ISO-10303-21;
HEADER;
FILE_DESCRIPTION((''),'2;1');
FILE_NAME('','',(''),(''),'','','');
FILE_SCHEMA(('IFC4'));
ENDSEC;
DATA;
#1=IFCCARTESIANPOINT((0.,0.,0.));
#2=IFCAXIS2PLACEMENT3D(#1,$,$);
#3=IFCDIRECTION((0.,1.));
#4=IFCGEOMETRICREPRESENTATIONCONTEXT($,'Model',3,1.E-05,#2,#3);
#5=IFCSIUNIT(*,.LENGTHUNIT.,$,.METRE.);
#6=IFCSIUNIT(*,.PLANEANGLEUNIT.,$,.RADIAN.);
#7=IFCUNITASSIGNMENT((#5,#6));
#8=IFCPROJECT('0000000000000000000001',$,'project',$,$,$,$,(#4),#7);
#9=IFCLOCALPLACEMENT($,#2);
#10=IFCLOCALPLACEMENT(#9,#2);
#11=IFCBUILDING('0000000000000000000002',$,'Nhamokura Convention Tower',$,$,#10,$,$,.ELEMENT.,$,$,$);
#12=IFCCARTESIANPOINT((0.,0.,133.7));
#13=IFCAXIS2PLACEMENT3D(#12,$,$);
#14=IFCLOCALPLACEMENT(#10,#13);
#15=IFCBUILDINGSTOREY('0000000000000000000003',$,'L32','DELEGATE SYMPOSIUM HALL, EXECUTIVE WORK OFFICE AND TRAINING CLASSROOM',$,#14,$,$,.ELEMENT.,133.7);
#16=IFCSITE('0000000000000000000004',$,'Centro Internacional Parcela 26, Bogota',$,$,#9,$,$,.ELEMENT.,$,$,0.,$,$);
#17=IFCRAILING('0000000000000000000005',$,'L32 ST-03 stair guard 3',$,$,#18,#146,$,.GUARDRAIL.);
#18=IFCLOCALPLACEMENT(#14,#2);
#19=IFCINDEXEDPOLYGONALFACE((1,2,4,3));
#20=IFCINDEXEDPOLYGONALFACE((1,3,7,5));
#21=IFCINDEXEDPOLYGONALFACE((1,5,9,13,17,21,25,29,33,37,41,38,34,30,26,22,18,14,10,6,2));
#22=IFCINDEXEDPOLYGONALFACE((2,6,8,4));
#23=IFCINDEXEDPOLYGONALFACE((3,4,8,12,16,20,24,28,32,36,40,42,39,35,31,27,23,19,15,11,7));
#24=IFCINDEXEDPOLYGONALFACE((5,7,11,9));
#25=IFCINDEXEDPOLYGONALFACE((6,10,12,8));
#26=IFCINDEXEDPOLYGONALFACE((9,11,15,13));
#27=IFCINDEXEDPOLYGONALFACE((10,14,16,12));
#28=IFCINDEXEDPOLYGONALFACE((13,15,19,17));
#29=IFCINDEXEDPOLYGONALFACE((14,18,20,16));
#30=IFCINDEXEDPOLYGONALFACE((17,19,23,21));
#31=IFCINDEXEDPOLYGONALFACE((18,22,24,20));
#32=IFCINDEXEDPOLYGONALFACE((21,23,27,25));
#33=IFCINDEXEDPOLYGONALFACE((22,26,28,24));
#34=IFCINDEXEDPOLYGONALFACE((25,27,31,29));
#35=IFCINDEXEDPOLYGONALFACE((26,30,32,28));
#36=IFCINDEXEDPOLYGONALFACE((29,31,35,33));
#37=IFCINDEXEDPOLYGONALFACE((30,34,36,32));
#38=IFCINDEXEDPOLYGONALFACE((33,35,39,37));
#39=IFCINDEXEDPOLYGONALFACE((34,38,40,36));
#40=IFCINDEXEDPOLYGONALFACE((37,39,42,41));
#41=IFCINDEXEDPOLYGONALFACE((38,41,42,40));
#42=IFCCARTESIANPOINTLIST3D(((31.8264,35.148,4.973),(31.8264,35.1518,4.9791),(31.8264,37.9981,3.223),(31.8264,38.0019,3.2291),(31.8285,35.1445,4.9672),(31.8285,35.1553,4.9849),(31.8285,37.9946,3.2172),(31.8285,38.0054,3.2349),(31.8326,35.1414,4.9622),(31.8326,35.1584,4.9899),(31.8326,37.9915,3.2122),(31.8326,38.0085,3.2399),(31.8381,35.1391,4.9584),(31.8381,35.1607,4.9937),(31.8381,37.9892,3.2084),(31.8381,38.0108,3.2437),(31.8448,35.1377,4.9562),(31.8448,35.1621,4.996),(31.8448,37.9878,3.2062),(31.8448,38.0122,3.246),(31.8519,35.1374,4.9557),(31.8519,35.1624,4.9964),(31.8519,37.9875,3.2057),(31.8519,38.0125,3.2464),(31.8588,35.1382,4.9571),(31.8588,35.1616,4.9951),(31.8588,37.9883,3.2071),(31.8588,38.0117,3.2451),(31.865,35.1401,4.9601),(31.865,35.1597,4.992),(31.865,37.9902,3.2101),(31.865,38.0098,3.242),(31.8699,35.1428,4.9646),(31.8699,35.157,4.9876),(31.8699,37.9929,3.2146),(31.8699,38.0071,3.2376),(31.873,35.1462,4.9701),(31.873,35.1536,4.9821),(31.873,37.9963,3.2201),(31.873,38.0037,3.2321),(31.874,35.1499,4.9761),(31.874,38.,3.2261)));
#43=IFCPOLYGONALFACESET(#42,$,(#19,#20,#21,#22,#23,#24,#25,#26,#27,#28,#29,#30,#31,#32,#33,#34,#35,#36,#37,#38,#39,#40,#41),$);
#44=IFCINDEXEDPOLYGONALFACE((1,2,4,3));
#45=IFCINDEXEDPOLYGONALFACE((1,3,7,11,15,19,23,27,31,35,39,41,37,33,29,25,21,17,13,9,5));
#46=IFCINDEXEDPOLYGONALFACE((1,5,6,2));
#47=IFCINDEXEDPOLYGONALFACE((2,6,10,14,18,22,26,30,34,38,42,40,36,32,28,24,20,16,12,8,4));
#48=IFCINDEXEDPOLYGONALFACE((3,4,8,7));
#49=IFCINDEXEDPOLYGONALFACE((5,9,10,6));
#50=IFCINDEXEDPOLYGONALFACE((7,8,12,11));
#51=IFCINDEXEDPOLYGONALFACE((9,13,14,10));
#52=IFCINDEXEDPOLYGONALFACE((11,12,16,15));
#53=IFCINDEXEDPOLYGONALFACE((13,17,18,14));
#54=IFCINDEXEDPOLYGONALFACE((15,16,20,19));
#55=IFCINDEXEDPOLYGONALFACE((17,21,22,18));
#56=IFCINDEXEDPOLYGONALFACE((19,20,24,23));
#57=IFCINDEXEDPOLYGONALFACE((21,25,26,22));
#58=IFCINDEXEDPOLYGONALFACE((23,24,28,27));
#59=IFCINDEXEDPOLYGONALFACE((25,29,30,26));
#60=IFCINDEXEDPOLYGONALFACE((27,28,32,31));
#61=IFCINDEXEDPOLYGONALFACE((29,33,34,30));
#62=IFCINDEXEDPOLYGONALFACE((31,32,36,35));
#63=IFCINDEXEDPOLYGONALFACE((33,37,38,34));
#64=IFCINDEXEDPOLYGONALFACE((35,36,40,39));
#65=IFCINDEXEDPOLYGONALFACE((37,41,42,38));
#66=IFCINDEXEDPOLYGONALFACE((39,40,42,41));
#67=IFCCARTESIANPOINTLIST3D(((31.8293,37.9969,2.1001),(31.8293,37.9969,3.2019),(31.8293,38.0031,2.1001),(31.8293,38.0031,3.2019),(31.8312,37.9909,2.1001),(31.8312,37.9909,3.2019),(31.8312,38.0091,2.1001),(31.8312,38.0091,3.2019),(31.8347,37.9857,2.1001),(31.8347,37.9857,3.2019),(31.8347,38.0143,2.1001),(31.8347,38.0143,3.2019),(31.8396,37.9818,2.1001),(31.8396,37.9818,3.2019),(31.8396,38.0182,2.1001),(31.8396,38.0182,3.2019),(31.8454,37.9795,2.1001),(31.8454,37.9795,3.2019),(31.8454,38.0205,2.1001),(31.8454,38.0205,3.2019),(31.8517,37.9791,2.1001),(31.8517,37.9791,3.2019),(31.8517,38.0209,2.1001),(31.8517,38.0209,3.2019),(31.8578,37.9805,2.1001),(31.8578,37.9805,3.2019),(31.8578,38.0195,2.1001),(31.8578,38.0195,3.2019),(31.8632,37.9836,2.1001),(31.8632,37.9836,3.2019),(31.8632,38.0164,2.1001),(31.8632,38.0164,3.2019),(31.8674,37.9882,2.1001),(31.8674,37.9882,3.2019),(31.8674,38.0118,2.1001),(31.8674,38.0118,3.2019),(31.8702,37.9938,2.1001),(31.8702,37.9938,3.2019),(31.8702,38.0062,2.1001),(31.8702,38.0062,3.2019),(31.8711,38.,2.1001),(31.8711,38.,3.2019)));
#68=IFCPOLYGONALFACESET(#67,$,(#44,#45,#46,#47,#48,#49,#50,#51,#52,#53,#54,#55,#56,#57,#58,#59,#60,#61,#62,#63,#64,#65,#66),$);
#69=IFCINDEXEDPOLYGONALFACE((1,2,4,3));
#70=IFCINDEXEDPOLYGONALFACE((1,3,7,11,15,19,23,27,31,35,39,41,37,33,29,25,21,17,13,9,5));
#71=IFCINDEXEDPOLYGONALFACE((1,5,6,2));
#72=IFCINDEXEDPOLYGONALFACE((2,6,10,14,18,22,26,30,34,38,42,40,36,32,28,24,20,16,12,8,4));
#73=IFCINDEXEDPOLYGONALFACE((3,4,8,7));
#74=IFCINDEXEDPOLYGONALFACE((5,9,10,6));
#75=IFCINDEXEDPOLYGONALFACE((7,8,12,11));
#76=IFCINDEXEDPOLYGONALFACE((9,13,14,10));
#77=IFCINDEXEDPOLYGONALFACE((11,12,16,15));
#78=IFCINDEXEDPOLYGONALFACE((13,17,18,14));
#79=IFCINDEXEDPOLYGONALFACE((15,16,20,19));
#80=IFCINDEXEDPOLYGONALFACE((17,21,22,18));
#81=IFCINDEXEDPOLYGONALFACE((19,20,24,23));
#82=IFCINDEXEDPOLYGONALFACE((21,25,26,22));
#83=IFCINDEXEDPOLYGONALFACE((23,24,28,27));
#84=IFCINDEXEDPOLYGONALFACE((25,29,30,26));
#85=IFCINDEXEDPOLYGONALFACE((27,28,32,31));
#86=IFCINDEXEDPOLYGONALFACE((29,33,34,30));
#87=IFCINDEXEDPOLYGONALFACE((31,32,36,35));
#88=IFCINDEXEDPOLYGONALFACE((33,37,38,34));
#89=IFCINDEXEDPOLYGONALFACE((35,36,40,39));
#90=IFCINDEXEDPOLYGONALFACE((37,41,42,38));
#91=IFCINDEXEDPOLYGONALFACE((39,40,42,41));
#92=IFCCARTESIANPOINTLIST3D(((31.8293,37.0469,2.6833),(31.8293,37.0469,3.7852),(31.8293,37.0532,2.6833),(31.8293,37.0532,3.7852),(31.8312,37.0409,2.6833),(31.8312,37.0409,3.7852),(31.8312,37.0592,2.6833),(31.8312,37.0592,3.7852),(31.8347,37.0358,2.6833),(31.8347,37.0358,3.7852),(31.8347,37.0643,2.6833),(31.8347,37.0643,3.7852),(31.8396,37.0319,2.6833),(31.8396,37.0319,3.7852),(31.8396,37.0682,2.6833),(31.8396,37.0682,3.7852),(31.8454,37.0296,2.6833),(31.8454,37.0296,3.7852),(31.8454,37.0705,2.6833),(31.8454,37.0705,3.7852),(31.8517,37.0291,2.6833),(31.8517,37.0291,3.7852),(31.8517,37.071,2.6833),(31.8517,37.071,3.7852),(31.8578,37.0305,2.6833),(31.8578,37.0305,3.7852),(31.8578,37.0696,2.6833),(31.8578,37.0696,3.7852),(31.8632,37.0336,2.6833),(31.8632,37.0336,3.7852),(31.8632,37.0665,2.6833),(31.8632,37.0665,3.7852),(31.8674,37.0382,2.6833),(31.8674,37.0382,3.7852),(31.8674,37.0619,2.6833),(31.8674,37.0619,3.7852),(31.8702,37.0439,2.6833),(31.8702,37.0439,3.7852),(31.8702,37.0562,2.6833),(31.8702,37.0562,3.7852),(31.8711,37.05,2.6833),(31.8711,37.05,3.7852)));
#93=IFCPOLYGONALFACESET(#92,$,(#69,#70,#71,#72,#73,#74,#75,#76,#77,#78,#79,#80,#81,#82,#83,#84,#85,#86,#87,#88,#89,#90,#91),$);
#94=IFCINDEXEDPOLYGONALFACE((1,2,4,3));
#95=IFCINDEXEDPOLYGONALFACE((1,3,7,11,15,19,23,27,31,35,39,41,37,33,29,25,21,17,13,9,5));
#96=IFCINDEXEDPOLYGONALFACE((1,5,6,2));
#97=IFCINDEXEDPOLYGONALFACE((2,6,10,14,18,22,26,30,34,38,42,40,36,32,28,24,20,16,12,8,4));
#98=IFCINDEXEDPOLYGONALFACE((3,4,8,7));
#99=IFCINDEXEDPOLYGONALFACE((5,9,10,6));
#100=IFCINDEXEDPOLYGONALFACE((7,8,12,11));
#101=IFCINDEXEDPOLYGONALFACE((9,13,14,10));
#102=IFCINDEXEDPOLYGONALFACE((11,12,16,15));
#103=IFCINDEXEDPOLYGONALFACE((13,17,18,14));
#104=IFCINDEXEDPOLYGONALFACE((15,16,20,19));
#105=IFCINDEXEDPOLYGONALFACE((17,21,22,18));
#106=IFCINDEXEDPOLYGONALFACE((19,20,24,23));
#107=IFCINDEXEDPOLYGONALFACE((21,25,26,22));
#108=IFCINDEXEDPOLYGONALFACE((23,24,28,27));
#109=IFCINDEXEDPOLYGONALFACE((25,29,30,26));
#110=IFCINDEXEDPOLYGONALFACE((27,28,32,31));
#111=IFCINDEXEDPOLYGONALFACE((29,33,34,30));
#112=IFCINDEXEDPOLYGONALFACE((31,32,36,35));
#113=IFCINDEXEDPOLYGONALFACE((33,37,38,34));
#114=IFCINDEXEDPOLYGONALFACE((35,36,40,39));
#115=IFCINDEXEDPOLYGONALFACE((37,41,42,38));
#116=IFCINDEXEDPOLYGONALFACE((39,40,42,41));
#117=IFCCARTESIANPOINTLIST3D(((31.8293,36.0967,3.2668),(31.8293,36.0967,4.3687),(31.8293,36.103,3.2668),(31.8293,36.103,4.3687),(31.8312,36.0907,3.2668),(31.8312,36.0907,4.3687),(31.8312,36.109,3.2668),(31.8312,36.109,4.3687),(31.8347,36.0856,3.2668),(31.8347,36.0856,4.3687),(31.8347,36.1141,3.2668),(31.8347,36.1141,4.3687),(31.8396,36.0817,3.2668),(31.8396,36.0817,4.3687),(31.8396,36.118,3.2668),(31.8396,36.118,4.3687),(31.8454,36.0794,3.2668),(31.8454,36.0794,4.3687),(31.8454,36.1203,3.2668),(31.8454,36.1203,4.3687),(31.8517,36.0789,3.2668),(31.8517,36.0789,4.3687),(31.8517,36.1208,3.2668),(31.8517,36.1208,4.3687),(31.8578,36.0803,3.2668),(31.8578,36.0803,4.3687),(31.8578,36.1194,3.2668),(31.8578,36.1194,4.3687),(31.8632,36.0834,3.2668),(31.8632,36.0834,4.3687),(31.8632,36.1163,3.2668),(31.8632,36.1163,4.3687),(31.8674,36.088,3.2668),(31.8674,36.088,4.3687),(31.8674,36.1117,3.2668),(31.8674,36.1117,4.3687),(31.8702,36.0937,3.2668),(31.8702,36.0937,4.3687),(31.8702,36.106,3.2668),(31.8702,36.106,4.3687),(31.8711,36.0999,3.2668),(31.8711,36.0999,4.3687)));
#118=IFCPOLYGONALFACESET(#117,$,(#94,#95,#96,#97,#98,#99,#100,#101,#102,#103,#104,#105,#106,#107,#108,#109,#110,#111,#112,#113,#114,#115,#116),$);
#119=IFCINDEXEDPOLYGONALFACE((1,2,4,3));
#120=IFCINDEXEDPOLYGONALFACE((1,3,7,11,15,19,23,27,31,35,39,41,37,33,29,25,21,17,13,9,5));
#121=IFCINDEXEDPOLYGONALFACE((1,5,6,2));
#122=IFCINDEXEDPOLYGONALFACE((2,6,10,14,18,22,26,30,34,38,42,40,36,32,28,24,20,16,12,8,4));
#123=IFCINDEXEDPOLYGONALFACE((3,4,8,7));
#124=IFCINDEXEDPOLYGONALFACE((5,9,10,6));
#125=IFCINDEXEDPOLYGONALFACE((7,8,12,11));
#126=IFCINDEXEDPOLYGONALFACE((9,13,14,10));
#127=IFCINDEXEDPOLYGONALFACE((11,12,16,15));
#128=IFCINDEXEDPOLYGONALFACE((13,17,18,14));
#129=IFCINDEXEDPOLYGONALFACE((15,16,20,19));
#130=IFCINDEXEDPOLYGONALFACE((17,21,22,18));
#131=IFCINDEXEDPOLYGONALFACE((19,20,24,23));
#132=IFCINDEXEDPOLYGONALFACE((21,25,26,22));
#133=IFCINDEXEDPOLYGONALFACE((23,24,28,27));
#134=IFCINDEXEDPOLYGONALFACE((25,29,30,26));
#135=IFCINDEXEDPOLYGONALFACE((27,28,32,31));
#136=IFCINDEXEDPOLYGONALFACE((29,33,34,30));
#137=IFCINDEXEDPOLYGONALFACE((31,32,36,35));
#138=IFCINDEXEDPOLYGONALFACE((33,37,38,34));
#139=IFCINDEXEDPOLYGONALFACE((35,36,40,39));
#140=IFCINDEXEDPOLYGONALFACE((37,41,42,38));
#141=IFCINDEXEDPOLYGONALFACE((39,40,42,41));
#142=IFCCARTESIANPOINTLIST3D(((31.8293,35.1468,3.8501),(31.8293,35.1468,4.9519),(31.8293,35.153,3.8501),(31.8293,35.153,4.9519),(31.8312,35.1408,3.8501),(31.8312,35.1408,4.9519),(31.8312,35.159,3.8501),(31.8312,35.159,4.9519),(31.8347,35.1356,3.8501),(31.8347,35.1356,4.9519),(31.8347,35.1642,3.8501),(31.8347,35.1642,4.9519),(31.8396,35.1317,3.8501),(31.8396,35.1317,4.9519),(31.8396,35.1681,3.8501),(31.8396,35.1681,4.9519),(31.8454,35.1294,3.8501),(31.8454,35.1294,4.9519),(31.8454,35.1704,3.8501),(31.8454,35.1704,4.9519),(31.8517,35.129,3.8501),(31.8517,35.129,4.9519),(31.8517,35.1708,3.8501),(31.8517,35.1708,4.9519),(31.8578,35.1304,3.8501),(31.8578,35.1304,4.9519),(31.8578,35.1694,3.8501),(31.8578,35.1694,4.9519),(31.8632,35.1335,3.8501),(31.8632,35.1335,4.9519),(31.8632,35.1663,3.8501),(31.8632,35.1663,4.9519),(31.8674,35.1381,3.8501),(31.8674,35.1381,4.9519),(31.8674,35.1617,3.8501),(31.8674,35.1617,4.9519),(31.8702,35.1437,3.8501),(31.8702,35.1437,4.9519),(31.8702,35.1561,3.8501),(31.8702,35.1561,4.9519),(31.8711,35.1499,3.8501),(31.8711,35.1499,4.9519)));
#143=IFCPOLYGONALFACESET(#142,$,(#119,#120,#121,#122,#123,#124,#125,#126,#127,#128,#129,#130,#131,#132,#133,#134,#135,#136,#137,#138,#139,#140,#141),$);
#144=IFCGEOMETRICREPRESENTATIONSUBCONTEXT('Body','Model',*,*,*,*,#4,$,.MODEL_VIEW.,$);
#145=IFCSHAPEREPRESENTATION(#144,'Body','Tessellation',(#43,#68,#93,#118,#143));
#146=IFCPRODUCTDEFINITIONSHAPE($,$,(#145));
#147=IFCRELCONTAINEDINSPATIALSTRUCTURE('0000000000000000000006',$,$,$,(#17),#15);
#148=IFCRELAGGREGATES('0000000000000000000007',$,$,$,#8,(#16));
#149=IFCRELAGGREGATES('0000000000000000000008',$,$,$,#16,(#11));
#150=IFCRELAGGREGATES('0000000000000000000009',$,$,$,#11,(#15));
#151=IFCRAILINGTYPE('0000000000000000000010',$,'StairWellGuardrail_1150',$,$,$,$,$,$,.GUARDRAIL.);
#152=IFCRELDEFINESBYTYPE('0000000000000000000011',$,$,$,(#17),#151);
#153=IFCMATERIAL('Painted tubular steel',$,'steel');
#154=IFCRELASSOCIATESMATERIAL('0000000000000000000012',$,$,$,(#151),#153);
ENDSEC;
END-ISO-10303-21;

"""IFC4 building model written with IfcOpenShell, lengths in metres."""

from ifc_helpers import new_model, si_unit, direction, frame, origin, origin_2d, place, context, subcontext, project, spatial, circle, extrude, material, type_object, element, save


model = new_model("IFC4")

# Units and contexts
model_context = context("Model", 3, precision=1e-05, world=origin(), true_north=direction((0.0, 1.0)))
body_context = subcontext(model_context, "Body", "Model", "MODEL_VIEW")
ifc_project = project(units=[si_unit("LENGTHUNIT", "METRE"), si_unit("PLANEANGLEUNIT", "RADIAN")], contexts=[model_context])

# Site, building, storey
site_placement = place(None, origin())
site = spatial("IfcSite", under=ifc_project, at=site_placement, Name="Centro Internacional Parcela 26, Bogota", CompositionType="ELEMENT", RefElevation=0.0)
building_placement = place(site_placement, origin())
building = spatial("IfcBuilding", under=site, at=building_placement, Name="Nhamokura Convention Tower", CompositionType="ELEMENT")
storey_placement = place(building_placement, frame((0.0, 0.0, 133.7)))
storey = spatial("IfcBuildingStorey", under=building, at=storey_placement, Name="L32", Description="DELEGATE SYMPOSIUM HALL, EXECUTIVE WORK OFFICE AND TRAINING CLASSROOM", CompositionType="ELEMENT", Elevation=133.7)

# Railing
ifc_material_1 = material(Name="Painted tubular steel", Category="steel")
railing_type_1 = type_object("IfcRailingType", Name="StairWellGuardrail_1150", PredefinedType="GUARDRAIL", material=ifc_material_1)
railing_1_placement = place(storey_placement, frame((31.8501, 38.0, 2.1001)))
element("IfcRailing", 1, at=railing_1_placement, inside=storey, type_object=railing_type_1, Name="L32 ST-03 stair guard 3", PredefinedType="GUARDRAIL", context=body_context, shape_type="SweptSolid", body=[
    extrude(circle(Radius=0.0239, at=origin_2d()), frame((0.0, 0.0, 1.126), z_axis=(0.0, -0.852179, 0.52325), x_axis=(1.0, 0.0, 0.0)), (0.0, 0.0, 1.0), 3.3445),
    extrude(circle(Radius=0.021, at=origin_2d()), origin(), (0.0, 0.0, 1.0), 1.1018),
    extrude(circle(Radius=0.021, at=origin_2d()), frame((0.0, -0.95, 0.5833)), (0.0, 0.0, 1.0), 1.1018),
    extrude(circle(Radius=0.021, at=origin_2d()), frame((0.0, -1.9001, 1.1667)), (0.0, 0.0, 1.0), 1.1018),
    extrude(circle(Radius=0.021, at=origin_2d()), frame((0.0, -2.8501, 1.75)), (0.0, 0.0, 1.0), 1.1018),
])

save(model, "model.ifc")
